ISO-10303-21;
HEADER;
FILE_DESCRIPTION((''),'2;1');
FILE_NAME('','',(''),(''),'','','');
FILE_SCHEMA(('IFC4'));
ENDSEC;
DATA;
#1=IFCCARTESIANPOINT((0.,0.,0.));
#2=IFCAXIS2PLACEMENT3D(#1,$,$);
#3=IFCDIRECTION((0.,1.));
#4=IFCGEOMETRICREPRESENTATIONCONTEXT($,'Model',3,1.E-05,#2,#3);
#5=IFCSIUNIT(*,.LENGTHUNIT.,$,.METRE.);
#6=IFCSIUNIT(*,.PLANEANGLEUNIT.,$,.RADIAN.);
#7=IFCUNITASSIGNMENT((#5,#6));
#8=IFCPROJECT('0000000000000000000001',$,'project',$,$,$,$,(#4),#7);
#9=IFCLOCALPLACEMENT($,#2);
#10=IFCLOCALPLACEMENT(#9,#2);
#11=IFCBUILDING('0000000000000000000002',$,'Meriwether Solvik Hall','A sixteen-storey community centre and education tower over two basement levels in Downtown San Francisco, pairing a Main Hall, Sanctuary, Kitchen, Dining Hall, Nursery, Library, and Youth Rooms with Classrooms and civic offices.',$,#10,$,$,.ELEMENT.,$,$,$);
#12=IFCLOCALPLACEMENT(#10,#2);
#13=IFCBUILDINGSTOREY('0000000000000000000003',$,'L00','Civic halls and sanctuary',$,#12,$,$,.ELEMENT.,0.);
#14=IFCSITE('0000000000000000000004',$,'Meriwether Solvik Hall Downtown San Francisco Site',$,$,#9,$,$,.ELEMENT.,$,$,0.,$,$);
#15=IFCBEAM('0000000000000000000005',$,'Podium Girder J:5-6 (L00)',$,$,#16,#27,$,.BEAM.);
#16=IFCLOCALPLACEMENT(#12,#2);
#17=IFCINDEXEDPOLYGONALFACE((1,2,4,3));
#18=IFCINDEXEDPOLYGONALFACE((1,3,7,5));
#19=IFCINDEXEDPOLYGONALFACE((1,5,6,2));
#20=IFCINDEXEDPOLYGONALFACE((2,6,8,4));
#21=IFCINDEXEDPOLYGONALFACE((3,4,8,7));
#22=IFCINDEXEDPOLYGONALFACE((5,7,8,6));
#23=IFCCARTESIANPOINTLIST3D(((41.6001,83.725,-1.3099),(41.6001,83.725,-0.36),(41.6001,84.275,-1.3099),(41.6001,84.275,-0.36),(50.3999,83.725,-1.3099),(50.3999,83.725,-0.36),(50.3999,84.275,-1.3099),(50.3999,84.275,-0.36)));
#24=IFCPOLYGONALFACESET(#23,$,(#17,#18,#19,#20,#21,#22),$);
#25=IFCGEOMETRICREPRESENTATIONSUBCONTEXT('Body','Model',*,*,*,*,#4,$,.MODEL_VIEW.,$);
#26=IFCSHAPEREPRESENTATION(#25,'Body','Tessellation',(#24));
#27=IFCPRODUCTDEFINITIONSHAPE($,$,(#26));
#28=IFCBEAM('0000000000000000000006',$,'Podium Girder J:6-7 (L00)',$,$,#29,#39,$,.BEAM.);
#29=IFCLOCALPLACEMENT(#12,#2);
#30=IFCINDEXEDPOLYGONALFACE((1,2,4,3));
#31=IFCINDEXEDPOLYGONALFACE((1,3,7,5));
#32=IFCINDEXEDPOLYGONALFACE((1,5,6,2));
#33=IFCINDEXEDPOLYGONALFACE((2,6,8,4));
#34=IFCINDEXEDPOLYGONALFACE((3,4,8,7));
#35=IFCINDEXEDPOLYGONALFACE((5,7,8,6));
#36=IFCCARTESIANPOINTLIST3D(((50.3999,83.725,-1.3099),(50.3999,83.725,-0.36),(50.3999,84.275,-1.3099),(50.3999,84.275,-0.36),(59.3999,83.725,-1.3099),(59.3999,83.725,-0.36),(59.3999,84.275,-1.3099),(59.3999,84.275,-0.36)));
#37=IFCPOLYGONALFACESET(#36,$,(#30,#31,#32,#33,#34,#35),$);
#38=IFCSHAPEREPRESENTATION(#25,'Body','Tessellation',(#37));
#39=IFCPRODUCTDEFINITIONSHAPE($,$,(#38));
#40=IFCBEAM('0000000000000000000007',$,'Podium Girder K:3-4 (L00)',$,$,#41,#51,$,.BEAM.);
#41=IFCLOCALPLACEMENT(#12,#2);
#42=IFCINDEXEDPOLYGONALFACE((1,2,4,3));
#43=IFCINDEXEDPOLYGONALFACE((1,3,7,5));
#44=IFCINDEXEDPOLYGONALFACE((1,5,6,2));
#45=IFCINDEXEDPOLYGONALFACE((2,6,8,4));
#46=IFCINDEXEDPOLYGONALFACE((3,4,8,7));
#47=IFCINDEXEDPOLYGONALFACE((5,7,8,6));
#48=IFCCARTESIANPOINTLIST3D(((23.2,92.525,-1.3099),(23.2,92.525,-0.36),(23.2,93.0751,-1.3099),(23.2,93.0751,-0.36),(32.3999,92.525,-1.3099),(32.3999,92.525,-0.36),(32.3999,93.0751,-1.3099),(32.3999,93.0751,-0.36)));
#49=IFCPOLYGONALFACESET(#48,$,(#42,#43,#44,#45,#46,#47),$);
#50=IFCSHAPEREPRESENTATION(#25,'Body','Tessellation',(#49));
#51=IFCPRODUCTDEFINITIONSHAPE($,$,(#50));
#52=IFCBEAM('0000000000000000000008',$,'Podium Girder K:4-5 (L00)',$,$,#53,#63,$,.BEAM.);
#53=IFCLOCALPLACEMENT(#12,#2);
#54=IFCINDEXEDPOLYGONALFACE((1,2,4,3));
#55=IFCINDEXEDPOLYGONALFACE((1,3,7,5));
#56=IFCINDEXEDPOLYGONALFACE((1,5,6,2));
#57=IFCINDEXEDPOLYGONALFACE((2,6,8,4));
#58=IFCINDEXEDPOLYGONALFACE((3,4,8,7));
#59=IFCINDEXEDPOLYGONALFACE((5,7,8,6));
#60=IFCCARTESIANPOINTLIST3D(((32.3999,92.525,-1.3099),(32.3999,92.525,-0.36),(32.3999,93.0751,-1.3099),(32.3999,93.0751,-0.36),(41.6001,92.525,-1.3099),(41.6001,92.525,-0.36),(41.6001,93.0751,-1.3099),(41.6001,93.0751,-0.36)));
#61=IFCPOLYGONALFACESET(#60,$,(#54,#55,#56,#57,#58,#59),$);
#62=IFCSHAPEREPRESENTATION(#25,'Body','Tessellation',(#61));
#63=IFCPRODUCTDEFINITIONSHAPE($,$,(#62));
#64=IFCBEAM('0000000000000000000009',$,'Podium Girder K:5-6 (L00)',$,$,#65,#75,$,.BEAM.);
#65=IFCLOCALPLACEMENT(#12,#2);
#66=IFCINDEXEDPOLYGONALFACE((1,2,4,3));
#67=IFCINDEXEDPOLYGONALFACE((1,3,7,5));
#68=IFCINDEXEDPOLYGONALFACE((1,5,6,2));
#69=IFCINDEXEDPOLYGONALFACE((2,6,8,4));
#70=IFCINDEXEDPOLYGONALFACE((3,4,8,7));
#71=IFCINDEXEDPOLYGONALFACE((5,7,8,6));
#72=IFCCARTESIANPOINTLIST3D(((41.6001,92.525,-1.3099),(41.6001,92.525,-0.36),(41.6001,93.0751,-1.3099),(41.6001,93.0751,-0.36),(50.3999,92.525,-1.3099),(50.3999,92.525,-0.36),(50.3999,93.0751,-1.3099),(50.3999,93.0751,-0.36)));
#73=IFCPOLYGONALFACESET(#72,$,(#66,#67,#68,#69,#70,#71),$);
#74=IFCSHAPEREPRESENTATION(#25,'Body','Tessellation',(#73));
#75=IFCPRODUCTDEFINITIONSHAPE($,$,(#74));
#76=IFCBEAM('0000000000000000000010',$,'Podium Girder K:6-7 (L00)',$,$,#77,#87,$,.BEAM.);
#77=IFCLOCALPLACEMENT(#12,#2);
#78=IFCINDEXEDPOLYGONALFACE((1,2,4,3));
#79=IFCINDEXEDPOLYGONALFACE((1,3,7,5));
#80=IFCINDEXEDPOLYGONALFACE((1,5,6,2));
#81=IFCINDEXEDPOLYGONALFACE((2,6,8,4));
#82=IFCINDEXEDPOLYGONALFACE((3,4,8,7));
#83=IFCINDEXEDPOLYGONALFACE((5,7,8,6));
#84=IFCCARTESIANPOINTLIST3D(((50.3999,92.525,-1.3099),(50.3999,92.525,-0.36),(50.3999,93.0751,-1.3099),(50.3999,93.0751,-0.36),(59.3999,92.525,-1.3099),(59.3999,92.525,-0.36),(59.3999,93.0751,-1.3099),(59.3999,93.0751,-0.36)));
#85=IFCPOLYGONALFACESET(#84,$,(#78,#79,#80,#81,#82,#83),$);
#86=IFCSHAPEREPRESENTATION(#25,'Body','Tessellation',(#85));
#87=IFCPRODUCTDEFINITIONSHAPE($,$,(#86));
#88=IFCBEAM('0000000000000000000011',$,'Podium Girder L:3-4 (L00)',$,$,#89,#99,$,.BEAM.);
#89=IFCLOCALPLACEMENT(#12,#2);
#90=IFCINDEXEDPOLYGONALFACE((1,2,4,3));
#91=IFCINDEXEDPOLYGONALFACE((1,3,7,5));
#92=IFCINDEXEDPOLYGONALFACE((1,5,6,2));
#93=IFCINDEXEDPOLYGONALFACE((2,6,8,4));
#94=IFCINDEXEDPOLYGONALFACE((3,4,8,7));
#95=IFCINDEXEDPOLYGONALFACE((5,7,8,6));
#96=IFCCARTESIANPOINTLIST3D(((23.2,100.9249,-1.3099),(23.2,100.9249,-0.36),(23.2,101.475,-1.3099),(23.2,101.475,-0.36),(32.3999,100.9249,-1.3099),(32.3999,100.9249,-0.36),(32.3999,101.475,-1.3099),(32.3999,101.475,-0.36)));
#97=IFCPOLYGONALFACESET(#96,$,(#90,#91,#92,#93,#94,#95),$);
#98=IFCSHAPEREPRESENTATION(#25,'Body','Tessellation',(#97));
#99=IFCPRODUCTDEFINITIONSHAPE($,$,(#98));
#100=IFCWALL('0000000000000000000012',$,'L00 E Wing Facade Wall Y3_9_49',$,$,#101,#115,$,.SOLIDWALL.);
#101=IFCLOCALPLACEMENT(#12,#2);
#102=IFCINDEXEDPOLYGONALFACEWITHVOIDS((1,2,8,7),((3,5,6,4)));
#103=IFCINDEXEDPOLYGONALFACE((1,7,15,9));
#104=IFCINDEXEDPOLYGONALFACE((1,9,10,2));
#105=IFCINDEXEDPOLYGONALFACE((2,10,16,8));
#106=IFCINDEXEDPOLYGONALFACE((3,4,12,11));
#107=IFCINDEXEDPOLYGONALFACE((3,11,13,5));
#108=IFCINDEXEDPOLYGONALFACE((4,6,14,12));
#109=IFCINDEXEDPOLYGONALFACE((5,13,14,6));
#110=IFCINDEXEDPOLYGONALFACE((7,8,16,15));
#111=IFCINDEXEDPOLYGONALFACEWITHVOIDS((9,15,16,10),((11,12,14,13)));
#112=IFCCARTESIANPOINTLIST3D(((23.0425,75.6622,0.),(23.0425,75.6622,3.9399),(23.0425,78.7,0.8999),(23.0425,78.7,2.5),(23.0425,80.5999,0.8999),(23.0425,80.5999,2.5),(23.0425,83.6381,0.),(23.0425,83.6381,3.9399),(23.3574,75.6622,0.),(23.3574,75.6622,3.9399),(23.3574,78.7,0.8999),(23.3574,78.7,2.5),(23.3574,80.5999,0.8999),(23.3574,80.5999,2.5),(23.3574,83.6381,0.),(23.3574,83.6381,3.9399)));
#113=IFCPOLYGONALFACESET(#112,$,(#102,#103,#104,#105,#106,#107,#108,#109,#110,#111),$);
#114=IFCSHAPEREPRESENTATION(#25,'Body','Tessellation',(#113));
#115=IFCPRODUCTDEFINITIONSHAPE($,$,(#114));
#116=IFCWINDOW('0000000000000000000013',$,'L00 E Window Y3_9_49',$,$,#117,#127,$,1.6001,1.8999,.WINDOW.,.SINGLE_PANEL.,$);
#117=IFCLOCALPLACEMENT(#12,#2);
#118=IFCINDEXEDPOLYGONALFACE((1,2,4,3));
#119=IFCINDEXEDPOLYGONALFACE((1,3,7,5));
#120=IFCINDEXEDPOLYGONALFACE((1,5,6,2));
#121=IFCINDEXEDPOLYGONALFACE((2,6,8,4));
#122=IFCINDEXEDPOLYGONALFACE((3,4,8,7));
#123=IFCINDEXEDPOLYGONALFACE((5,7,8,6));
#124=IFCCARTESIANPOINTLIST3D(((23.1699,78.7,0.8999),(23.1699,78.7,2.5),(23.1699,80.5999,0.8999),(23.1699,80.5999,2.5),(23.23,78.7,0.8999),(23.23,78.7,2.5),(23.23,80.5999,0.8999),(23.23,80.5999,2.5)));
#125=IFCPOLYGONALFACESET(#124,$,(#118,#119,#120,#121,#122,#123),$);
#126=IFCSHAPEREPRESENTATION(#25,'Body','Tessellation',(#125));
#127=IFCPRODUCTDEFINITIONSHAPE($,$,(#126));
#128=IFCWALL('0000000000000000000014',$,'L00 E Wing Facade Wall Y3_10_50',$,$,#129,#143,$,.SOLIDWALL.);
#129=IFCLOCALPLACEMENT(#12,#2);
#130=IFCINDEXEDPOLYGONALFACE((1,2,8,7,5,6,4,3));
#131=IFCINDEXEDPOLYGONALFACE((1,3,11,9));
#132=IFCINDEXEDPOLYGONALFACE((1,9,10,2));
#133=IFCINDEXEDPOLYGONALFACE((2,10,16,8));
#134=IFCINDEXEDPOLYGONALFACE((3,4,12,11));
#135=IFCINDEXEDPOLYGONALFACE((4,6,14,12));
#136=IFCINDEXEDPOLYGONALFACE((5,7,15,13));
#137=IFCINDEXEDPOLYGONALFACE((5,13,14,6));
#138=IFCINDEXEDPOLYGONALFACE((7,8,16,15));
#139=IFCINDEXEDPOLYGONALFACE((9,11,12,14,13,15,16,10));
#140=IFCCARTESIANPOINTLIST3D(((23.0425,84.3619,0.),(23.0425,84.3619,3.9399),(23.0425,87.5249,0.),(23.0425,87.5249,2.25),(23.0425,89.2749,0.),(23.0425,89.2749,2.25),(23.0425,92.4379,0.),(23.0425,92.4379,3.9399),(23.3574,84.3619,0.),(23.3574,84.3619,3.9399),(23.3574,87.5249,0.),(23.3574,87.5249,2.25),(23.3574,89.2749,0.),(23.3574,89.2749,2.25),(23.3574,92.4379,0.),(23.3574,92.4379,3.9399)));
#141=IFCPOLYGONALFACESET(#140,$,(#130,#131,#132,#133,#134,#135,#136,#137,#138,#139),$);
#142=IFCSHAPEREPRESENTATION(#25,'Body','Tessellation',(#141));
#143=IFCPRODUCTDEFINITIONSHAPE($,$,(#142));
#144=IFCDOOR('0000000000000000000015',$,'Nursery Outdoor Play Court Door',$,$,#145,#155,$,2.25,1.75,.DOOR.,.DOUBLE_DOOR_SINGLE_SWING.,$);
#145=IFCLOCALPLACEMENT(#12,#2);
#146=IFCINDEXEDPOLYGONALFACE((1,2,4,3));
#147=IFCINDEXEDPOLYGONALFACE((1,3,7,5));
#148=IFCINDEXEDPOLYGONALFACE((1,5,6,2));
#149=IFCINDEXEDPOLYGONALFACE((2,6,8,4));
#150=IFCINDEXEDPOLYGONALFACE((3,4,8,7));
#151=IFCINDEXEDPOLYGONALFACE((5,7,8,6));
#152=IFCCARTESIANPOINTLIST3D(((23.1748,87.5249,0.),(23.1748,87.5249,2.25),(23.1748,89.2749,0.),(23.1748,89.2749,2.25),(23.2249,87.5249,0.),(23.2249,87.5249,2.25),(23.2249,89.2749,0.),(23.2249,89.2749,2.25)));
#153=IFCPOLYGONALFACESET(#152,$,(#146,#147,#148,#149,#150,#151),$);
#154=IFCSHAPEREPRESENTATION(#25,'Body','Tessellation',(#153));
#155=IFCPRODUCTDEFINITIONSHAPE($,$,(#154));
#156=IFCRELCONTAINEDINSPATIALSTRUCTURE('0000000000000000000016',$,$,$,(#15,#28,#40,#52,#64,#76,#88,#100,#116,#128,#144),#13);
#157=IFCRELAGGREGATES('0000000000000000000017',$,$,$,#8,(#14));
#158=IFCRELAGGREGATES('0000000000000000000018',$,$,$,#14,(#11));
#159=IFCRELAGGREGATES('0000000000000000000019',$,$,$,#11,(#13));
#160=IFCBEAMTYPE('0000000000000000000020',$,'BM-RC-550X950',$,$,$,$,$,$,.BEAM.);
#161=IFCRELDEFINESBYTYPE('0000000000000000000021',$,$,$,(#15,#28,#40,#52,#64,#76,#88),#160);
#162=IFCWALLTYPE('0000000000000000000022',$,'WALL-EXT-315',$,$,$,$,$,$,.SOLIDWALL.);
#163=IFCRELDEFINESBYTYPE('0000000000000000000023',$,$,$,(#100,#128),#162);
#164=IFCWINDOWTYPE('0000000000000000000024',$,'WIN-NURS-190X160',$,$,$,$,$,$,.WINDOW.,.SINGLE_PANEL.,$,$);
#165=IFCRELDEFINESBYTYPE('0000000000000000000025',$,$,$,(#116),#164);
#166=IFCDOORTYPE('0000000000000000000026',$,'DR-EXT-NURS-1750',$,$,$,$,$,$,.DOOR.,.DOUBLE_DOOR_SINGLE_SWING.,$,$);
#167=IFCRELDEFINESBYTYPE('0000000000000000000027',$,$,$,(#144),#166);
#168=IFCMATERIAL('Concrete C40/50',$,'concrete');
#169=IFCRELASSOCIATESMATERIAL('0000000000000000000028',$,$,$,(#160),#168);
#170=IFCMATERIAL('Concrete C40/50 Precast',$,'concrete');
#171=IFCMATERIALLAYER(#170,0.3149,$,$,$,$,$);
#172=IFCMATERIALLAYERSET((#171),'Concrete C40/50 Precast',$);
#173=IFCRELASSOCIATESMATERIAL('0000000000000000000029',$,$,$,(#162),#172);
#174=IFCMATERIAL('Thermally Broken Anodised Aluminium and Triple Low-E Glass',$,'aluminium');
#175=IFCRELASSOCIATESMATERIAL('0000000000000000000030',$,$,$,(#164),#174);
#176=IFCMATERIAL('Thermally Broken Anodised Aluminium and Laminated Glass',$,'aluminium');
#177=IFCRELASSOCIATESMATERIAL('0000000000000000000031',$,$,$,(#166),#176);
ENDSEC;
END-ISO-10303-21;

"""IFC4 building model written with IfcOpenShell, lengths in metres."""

from ifc_helpers import new_model, si_unit, direction, frame, frame_2d, origin, origin_2d, place, context, subcontext, project, spatial, rectangle, extrude, material, layer, layer_set, material_profile, profile_set, type_object, element, fill, save


model = new_model("IFC4")

# Units and contexts
model_context = context("Model", 3, precision=1e-05, world=origin(), true_north=direction((0.0, 1.0)))
body_context = subcontext(model_context, "Body", "Model", "MODEL_VIEW")
ifc_project = project(units=[si_unit("LENGTHUNIT", "METRE"), si_unit("PLANEANGLEUNIT", "RADIAN")], contexts=[model_context])

# Site, building, storey
site_placement = place(None, origin())
site = spatial("IfcSite", under=ifc_project, at=site_placement, Name="Meriwether Solvik Hall Downtown San Francisco Site", CompositionType="ELEMENT", RefElevation=0.0)
building_placement = place(site_placement, origin())
building = spatial("IfcBuilding", under=site, at=building_placement, Name="Meriwether Solvik Hall", Description="A sixteen-storey community centre and education tower over two basement levels in Downtown San Francisco, pairing a Main Hall, Sanctuary, Kitchen, Dining Hall, Nursery, Library, and Youth Rooms with Classrooms and civic offices.", CompositionType="ELEMENT")
storey_placement = place(building_placement, origin())
storey = spatial("IfcBuildingStorey", under=building, at=storey_placement, Name="L00", Description="Civic halls and sanctuary", CompositionType="ELEMENT", Elevation=0.0)

# Beams
ifc_material_1 = material(Name="Concrete C40/50", Category="concrete")
ifc_material_profile_1 = material_profile(ifc_material_1, rectangle(XDim=0.55, YDim=0.95, at=origin_2d()), Name="RCB-550X950")
ifc_profile_set_1 = profile_set([ifc_material_profile_1], Name="Concrete C40/50")
beam_type_1 = type_object("IfcBeamType", Name="BM-RC-550X950", PredefinedType="BEAM", material=ifc_profile_set_1)
beam_1_placement = place(storey_placement, frame((41.6001, 84.0, -0.835), z_axis=(1.0, 0.0, 0.0), x_axis=(0.0, 1.0, 0.0)))
element("IfcBeam", 1, at=beam_1_placement, inside=storey, type_object=beam_type_1, Name="Podium Girder J:5-6 (L00)", PredefinedType="BEAM", context=body_context, shape_type="SweptSolid", body=[
    extrude(rectangle(XDim=0.55, YDim=0.95, at=origin_2d()), origin(), (0.0, 0.0, 1.0), 8.7998),
])
beam_2_placement = place(storey_placement, frame((50.3999, 84.0, -0.835), z_axis=(1.0, 0.0, 0.0), x_axis=(0.0, 1.0, 0.0)))
element("IfcBeam", 2, at=beam_2_placement, inside=storey, type_object=beam_type_1, Name="Podium Girder J:6-7 (L00)", PredefinedType="BEAM", context=body_context, shape_type="SweptSolid", body=[
    extrude(rectangle(XDim=0.55, YDim=0.95, at=origin_2d()), origin(), (0.0, 0.0, 1.0), 9.0),
])
beam_3_placement = place(storey_placement, frame((23.2, 92.8, -0.835), z_axis=(1.0, 0.0, 0.0), x_axis=(0.0, 1.0, 0.0)))
element("IfcBeam", 3, at=beam_3_placement, inside=storey, type_object=beam_type_1, Name="Podium Girder K:3-4 (L00)", PredefinedType="BEAM", context=body_context, shape_type="SweptSolid", body=[
    extrude(rectangle(XDim=0.55, YDim=0.95, at=origin_2d()), origin(), (0.0, 0.0, 1.0), 9.2),
])
beam_4_placement = place(storey_placement, frame((32.3999, 92.8, -0.835), z_axis=(1.0, 0.0, 0.0), x_axis=(0.0, 1.0, 0.0)))
element("IfcBeam", 4, at=beam_4_placement, inside=storey, type_object=beam_type_1, Name="Podium Girder K:4-5 (L00)", PredefinedType="BEAM", context=body_context, shape_type="SweptSolid", body=[
    extrude(rectangle(XDim=0.55, YDim=0.95, at=origin_2d()), origin(), (0.0, 0.0, 1.0), 9.2002),
])
beam_5_placement = place(storey_placement, frame((41.6001, 92.8, -0.835), z_axis=(1.0, 0.0, 0.0), x_axis=(0.0, 1.0, 0.0)))
element("IfcBeam", 5, at=beam_5_placement, inside=storey, type_object=beam_type_1, Name="Podium Girder K:5-6 (L00)", PredefinedType="BEAM", context=body_context, shape_type="SweptSolid", body=[
    extrude(rectangle(XDim=0.55, YDim=0.95, at=origin_2d()), origin(), (0.0, 0.0, 1.0), 8.7998),
])
beam_6_placement = place(storey_placement, frame((50.3999, 92.8, -0.835), z_axis=(1.0, 0.0, 0.0), x_axis=(0.0, 1.0, 0.0)))
element("IfcBeam", 6, at=beam_6_placement, inside=storey, type_object=beam_type_1, Name="Podium Girder K:6-7 (L00)", PredefinedType="BEAM", context=body_context, shape_type="SweptSolid", body=[
    extrude(rectangle(XDim=0.55, YDim=0.95, at=origin_2d()), origin(), (0.0, 0.0, 1.0), 9.0),
])
beam_7_placement = place(storey_placement, frame((23.2, 101.2, -0.835), z_axis=(1.0, 0.0, 0.0), x_axis=(0.0, 1.0, 0.0)))
element("IfcBeam", 7, at=beam_7_placement, inside=storey, type_object=beam_type_1, Name="Podium Girder L:3-4 (L00)", PredefinedType="BEAM", context=body_context, shape_type="SweptSolid", body=[
    extrude(rectangle(XDim=0.55, YDim=0.95, at=origin_2d()), origin(), (0.0, 0.0, 1.0), 9.2),
])

# Wall, opening, window
ifc_material_2 = material(Name="Concrete C40/50 Precast", Category="concrete")
ifc_layer_1 = layer(ifc_material_2, 0.3149)
ifc_layer_set_1 = layer_set([ifc_layer_1], Name="Concrete C40/50 Precast")
wall_type_1 = type_object("IfcWallType", Name="WALL-EXT-315", PredefinedType="SOLIDWALL", material=ifc_layer_set_1)
wall_1_placement = place(storey_placement, frame((23.2, 83.6379, 0.0), z_axis=(0.0, 0.0, 1.0), x_axis=(0.0, -1.0, 0.0)))
wall_1 = element("IfcWall", 8, at=wall_1_placement, inside=storey, type_object=wall_type_1, Name="L00 E Wing Facade Wall Y3_9_49", PredefinedType="SOLIDWALL", context=body_context, shape_type="SweptSolid", body=[
    extrude(rectangle(XDim=7.9758, YDim=0.3149, at=frame_2d((3.9878, 0.0))), origin(), (0.0, 0.0, 1.0), 3.9399),
])
opening_1_placement = place(wall_1_placement, frame((3.0381, 0.0, 0.8999)))
opening_1 = element("IfcOpeningElement", 9, at=opening_1_placement, cuts=wall_1, PredefinedType="OPENING", context=body_context, shape_type="SweptSolid", body=[
    extrude(rectangle(XDim=1.8999, YDim=1.6001, at=frame_2d((0.95, 0.8))), frame((0.0, 0.1694, 0.0), z_axis=(0.0, -1.0, 0.0), x_axis=(1.0, 0.0, 0.0)), (0.0, 0.0, 1.0), 0.3389),
])
ifc_material_3 = material(Name="Thermally Broken Anodised Aluminium and Triple Low-E Glass", Category="aluminium")
window_type = type_object("IfcWindowType", Name="WIN-NURS-190X160", PartitioningType="SINGLE_PANEL", PredefinedType="WINDOW", material=ifc_material_3)
window_1_placement = place(opening_1_placement, origin())
window_1 = element("IfcWindow", 10, at=window_1_placement, inside=storey, type_object=window_type, Name="L00 E Window Y3_9_49", OverallHeight=1.6001, OverallWidth=1.8999, PartitioningType="SINGLE_PANEL", PredefinedType="WINDOW", context=body_context, shape_type="SweptSolid", body=[
    extrude(rectangle(XDim=1.8999, YDim=1.6001, at=frame_2d((0.95, 0.8))), frame((0.0, 0.03, 0.0), z_axis=(0.0, -1.0, 0.0), x_axis=(1.0, 0.0, 0.0)), (0.0, 0.0, 1.0), 0.0601),
])
fill(opening_1, window_1)

# Wall, opening, door
wall_2_placement = place(storey_placement, frame((23.2, 92.438, 0.0), z_axis=(0.0, 0.0, 1.0), x_axis=(0.0, -1.0, 0.0)))
wall_2 = element("IfcWall", 11, at=wall_2_placement, inside=storey, type_object=wall_type_1, Name="L00 E Wing Facade Wall Y3_10_50", PredefinedType="SOLIDWALL", context=body_context, shape_type="SweptSolid", body=[
    extrude(rectangle(XDim=8.0759, YDim=0.3149, at=frame_2d((4.0381, 0.0))), origin(), (0.0, 0.0, 1.0), 3.9399),
])
opening_2_placement = place(wall_2_placement, frame((3.1631, 0.0, 0.0)))
opening_2 = element("IfcOpeningElement", 12, at=opening_2_placement, cuts=wall_2, PredefinedType="OPENING", context=body_context, shape_type="SweptSolid", body=[
    extrude(rectangle(XDim=1.75, YDim=2.25, at=frame_2d((0.875, 1.125))), frame((0.0, 0.1694, 0.0), z_axis=(0.0, -1.0, 0.0), x_axis=(1.0, 0.0, 0.0)), (0.0, 0.0, 1.0), 0.3389),
])
ifc_material_4 = material(Name="Thermally Broken Anodised Aluminium and Laminated Glass", Category="aluminium")
door_type_1 = type_object("IfcDoorType", Name="DR-EXT-NURS-1750", OperationType="DOUBLE_DOOR_SINGLE_SWING", PredefinedType="DOOR", material=ifc_material_4)
door_1_placement = place(opening_2_placement, origin())
door_1 = element("IfcDoor", 13, at=door_1_placement, inside=storey, type_object=door_type_1, Name="Nursery Outdoor Play Court Door", OperationType="DOUBLE_DOOR_SINGLE_SWING", OverallHeight=2.25, OverallWidth=1.75, PredefinedType="DOOR", context=body_context, shape_type="SweptSolid", body=[
    extrude(rectangle(XDim=1.75, YDim=2.25, at=frame_2d((0.875, 1.125))), frame((0.0, 0.0249, 0.0), z_axis=(0.0, -1.0, 0.0), x_axis=(1.0, 0.0, 0.0)), (0.0, 0.0, 1.0), 0.05),
])
fill(opening_2, door_1)

save(model, "model.ifc")
